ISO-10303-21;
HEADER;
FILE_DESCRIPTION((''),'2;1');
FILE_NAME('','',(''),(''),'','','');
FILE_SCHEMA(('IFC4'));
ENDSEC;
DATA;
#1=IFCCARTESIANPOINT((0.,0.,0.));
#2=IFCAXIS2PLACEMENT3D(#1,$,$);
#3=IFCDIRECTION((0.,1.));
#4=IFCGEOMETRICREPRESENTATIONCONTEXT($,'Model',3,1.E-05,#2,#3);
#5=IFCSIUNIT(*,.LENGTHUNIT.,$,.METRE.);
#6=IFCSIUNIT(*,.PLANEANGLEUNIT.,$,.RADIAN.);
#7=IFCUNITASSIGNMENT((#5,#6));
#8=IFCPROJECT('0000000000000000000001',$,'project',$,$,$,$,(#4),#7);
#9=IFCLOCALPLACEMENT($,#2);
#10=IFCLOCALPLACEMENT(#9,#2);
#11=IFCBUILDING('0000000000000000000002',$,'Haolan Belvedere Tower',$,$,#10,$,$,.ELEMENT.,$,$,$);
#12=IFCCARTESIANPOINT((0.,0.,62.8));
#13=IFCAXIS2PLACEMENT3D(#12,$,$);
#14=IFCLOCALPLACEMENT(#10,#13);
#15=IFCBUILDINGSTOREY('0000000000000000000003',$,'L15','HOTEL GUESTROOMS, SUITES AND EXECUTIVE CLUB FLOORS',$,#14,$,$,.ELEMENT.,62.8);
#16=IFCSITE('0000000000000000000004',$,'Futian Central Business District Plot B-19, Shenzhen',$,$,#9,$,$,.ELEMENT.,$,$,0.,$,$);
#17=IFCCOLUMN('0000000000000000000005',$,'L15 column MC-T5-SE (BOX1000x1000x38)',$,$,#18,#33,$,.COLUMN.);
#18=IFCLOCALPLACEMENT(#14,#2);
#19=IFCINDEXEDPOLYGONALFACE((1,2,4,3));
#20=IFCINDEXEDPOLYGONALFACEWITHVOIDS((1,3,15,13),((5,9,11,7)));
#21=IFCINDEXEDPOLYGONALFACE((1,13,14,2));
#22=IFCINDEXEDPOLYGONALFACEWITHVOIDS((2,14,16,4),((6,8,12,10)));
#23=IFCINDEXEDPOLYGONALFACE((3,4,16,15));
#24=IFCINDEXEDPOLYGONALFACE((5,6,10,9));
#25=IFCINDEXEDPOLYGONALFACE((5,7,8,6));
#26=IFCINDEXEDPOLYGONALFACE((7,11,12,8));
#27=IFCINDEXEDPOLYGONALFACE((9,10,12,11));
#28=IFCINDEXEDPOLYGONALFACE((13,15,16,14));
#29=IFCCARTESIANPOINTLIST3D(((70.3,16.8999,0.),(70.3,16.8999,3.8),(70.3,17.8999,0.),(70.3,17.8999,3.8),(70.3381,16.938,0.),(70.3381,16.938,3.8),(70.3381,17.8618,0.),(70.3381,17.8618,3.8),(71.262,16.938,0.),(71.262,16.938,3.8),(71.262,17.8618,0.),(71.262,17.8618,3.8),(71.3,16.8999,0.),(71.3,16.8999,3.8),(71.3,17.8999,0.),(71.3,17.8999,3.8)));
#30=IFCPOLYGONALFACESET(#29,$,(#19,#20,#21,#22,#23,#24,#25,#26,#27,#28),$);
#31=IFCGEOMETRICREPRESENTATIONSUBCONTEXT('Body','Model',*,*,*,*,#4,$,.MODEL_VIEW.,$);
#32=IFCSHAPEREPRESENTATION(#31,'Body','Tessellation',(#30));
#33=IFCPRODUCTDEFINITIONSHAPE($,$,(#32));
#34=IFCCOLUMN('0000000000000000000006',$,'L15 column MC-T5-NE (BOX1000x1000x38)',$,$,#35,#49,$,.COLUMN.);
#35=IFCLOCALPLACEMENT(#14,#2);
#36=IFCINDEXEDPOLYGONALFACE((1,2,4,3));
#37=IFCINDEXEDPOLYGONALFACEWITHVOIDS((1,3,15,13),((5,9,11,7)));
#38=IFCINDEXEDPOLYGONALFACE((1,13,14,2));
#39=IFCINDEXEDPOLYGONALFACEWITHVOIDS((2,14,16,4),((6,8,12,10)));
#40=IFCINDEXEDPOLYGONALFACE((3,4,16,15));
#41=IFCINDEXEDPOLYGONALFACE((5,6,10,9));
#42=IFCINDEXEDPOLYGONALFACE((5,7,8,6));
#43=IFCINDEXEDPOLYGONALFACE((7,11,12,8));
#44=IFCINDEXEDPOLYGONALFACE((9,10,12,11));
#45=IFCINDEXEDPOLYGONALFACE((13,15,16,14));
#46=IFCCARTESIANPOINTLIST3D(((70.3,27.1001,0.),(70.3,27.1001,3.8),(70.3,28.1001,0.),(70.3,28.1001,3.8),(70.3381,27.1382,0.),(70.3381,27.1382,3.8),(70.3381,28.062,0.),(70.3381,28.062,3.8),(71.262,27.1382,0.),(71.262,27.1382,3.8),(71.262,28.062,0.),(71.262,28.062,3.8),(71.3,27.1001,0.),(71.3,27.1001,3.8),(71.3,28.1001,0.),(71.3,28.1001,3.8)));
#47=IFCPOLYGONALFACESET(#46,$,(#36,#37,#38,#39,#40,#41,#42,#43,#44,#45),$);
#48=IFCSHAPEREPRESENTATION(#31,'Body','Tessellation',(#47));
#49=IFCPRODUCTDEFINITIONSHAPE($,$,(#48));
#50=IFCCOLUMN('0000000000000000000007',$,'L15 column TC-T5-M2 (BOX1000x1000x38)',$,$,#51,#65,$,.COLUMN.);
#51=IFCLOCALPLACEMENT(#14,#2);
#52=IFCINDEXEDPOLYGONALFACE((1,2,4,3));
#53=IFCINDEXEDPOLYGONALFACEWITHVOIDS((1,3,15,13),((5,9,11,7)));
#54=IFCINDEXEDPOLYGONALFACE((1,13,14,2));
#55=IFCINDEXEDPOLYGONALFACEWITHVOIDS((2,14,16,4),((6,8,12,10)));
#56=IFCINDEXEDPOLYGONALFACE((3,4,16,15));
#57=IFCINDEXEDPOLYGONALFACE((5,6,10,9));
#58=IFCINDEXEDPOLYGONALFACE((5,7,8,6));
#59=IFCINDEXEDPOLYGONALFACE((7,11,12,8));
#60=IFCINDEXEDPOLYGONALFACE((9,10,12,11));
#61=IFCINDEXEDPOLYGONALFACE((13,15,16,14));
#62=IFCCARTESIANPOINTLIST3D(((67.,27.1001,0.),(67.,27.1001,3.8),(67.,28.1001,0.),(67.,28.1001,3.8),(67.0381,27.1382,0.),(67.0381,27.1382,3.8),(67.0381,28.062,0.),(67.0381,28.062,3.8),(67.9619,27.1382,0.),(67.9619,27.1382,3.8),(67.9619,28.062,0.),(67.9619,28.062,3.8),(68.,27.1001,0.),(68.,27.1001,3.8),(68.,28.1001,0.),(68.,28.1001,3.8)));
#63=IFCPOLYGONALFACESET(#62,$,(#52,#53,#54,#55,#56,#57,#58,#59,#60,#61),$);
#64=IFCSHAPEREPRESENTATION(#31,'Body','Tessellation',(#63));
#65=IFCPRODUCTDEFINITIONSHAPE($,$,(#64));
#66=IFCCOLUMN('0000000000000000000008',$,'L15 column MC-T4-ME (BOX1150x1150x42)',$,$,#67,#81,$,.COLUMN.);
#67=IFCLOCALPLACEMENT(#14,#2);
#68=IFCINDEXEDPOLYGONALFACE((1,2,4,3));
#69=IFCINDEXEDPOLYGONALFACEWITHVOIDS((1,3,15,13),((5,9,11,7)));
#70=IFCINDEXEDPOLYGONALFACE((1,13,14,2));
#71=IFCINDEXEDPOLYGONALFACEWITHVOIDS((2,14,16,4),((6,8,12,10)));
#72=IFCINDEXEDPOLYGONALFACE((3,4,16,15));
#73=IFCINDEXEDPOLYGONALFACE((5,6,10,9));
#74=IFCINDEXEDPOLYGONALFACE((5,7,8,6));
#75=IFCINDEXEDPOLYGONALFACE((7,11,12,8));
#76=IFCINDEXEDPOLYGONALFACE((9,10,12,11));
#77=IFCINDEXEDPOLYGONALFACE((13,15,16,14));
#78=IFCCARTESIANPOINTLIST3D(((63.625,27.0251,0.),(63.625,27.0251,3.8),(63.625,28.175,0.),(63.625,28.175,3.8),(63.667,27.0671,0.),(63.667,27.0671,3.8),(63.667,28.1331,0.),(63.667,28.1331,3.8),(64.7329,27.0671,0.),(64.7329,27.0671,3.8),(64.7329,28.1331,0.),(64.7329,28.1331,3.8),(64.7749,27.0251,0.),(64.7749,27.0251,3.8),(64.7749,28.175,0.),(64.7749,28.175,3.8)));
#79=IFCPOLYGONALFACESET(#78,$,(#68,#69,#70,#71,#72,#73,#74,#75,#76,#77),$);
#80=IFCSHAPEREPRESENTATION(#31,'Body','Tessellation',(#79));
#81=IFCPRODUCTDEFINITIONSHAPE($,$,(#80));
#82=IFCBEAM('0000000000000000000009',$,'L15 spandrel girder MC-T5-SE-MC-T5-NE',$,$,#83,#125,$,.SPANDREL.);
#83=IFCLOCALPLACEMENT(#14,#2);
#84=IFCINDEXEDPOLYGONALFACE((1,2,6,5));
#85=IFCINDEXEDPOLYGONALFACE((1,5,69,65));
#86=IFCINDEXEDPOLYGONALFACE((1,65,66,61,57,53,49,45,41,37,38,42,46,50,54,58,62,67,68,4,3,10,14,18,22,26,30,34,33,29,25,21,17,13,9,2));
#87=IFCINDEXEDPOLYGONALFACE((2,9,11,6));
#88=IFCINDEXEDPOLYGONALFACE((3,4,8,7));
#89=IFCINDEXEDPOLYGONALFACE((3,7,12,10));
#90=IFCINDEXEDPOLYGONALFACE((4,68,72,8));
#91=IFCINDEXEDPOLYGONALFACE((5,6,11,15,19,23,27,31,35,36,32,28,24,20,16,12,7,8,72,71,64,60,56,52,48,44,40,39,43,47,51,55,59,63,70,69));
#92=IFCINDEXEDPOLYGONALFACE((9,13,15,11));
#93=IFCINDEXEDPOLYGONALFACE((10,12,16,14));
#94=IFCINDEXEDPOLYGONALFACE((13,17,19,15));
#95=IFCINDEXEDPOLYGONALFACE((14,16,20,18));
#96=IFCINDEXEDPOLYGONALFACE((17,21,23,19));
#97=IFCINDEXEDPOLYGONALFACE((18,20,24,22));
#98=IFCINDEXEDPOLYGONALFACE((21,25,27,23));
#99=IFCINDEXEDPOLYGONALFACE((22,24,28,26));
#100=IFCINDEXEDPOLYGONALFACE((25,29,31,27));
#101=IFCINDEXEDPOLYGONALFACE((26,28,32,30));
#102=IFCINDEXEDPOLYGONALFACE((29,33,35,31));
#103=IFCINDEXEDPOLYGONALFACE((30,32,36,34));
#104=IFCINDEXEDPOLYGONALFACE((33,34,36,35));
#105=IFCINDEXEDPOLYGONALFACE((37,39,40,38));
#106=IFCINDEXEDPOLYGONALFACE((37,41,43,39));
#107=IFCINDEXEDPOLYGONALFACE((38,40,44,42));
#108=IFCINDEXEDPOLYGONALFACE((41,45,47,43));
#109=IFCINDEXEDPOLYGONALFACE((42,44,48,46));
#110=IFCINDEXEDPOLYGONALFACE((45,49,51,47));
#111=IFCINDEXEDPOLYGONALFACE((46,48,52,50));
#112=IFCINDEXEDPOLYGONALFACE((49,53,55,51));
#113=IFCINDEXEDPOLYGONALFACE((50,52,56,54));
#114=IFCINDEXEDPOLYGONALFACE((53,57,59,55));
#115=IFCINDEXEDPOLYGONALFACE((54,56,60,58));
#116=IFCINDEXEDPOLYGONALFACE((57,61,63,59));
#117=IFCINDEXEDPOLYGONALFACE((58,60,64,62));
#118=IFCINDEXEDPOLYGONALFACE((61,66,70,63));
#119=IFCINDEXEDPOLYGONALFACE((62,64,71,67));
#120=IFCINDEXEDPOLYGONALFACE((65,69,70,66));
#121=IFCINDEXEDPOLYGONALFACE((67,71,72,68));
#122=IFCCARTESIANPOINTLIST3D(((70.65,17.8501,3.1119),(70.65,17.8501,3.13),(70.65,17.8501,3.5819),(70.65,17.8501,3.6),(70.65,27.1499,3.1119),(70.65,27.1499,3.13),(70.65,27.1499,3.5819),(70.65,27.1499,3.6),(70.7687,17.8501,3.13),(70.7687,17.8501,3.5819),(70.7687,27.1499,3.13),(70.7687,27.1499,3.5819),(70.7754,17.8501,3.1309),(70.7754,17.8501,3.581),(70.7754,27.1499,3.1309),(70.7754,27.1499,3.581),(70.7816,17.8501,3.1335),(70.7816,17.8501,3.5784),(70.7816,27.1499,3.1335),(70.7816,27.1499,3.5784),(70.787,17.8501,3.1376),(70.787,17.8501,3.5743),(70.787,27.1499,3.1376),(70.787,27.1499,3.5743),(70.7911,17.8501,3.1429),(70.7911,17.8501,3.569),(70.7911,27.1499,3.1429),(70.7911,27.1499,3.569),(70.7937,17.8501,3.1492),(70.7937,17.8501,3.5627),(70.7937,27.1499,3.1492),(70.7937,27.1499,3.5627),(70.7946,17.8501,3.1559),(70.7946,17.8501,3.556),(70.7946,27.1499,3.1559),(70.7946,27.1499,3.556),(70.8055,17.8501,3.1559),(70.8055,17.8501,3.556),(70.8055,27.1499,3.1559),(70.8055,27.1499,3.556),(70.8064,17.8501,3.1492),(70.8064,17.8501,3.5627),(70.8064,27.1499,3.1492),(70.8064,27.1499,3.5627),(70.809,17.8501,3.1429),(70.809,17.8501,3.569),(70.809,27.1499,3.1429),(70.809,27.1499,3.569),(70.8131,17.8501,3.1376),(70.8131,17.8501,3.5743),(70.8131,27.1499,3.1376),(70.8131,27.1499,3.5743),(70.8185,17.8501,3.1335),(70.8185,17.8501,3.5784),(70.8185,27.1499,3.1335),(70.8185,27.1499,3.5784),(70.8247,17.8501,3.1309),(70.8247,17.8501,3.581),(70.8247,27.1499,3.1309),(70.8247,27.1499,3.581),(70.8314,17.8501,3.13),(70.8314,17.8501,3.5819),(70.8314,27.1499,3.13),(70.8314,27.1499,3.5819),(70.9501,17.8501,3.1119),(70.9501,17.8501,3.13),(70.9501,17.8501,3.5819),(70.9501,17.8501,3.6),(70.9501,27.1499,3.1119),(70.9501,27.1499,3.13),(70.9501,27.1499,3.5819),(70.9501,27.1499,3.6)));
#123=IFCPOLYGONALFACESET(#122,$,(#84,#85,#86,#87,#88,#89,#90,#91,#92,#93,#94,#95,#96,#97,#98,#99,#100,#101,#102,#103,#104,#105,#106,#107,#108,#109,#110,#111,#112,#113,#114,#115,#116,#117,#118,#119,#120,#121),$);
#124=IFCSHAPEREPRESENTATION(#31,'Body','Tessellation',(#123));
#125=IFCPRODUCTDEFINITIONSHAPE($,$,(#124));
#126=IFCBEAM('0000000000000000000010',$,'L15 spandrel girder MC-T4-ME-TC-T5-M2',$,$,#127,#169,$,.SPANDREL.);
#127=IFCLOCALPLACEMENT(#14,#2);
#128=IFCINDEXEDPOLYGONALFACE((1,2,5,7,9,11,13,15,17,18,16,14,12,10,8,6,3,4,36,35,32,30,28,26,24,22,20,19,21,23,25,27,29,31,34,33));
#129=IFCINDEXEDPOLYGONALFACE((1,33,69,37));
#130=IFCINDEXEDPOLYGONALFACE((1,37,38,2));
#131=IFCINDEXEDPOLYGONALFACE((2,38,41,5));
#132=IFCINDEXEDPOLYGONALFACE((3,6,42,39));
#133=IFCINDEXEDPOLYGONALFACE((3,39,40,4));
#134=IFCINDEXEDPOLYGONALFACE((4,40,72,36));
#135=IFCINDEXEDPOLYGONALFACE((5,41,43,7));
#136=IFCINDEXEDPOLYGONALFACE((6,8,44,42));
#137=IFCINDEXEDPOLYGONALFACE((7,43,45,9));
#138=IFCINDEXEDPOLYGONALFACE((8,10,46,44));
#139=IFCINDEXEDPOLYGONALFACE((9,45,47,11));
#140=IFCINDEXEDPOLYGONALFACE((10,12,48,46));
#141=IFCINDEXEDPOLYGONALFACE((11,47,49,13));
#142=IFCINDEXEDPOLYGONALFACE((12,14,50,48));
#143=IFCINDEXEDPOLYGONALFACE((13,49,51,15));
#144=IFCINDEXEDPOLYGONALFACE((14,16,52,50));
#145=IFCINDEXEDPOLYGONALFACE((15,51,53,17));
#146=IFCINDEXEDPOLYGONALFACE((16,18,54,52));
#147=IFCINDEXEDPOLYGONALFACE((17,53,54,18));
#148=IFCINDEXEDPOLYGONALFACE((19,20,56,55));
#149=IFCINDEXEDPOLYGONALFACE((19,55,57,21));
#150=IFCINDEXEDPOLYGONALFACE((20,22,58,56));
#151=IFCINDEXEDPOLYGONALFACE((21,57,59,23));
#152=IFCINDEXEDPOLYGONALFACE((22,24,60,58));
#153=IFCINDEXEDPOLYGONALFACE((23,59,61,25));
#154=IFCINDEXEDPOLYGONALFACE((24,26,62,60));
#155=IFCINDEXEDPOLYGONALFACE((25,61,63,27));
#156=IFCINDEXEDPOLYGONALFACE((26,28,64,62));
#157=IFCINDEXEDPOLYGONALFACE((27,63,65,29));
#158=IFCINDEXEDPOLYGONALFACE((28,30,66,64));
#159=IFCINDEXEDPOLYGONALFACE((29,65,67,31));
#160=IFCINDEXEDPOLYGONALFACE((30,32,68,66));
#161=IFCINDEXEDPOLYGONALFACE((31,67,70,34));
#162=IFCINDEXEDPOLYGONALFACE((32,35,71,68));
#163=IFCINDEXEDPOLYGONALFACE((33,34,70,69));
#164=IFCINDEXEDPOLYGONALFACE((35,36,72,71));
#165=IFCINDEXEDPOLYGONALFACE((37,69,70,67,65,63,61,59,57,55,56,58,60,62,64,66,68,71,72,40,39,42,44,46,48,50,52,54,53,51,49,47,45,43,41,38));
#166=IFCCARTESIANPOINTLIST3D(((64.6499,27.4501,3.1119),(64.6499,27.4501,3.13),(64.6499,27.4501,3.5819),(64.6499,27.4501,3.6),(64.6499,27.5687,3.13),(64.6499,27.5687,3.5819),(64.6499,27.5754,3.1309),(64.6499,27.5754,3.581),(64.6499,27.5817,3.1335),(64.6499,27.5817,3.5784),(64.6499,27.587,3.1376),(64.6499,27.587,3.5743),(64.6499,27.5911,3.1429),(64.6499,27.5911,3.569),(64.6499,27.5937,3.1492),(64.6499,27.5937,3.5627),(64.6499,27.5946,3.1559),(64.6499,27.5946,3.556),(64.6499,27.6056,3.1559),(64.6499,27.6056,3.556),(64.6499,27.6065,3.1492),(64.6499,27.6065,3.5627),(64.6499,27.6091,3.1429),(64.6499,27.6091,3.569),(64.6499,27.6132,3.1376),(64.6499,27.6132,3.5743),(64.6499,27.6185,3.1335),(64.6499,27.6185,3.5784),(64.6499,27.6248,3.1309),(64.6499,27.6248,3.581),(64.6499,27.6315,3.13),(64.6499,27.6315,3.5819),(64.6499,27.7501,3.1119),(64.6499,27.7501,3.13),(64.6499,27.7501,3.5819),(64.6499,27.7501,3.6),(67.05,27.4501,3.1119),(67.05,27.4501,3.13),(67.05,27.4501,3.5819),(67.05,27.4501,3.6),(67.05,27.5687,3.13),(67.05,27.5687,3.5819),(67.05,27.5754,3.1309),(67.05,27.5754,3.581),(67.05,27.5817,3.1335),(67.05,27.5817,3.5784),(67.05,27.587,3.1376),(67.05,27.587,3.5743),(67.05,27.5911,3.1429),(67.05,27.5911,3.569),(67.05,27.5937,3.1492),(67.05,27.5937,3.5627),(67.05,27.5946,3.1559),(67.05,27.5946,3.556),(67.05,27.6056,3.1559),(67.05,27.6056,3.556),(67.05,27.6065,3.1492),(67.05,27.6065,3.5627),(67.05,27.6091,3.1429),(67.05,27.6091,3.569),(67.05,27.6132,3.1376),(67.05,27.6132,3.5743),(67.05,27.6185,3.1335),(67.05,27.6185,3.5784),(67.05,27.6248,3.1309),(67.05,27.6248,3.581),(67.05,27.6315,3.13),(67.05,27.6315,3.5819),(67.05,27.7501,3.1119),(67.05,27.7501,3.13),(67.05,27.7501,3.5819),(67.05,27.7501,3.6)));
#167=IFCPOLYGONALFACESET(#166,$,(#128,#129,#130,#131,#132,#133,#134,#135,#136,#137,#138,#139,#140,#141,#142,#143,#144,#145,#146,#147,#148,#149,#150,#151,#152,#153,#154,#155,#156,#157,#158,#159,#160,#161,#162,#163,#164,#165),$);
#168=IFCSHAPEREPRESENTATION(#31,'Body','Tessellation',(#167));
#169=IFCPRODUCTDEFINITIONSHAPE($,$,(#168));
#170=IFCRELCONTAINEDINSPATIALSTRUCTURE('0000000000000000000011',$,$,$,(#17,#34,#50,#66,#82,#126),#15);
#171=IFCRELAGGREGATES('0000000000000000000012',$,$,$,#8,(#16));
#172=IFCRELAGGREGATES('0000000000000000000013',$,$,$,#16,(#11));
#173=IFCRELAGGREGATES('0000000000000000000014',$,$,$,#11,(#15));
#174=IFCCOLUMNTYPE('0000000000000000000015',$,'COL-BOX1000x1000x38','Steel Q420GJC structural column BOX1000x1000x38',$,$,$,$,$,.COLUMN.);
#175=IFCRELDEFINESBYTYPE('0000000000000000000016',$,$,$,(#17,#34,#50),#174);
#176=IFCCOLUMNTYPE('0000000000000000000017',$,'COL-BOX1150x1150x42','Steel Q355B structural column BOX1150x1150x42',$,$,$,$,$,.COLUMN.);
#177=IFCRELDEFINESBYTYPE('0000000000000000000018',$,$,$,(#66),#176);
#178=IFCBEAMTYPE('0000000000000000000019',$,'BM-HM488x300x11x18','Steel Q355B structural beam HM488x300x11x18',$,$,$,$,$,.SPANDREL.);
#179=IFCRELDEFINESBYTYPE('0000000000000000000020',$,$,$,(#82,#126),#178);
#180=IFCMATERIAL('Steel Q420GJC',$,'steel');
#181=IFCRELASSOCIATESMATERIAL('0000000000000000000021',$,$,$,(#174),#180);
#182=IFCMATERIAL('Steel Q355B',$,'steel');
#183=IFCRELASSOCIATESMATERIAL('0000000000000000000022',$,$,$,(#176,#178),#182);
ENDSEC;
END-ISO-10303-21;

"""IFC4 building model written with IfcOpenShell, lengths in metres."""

from ifc_helpers import new_model, si_unit, direction, frame, origin, origin_2d, place, context, subcontext, project, spatial, hollow_rectangle, i_section, extrude, material, material_profile, profile_set, type_object, element, save


model = new_model("IFC4")

# Units and contexts
model_context = context("Model", 3, precision=1e-05, world=origin(), true_north=direction((0.0, 1.0)))
body_context = subcontext(model_context, "Body", "Model", "MODEL_VIEW")
ifc_project = project(units=[si_unit("LENGTHUNIT", "METRE"), si_unit("PLANEANGLEUNIT", "RADIAN")], contexts=[model_context])

# Site, building, storey
site_placement = place(None, origin())
site = spatial("IfcSite", under=ifc_project, at=site_placement, Name="Futian Central Business District Plot B-19, Shenzhen", CompositionType="ELEMENT", RefElevation=0.0)
building_placement = place(site_placement, origin())
building = spatial("IfcBuilding", under=site, at=building_placement, Name="Haolan Belvedere Tower", CompositionType="ELEMENT")
storey_placement = place(building_placement, frame((0.0, 0.0, 62.8)))
storey = spatial("IfcBuildingStorey", under=building, at=storey_placement, Name="L15", Description="HOTEL GUESTROOMS, SUITES AND EXECUTIVE CLUB FLOORS", CompositionType="ELEMENT", Elevation=62.8)

# Columns
ifc_material_1 = material(Name="Steel Q420GJC", Category="steel")
ifc_material_profile_1 = material_profile(ifc_material_1, hollow_rectangle(XDim=1.0, YDim=1.0, WallThickness=0.0381, at=origin_2d()), Name="Steel Q420GJC")
ifc_profile_set_1 = profile_set([ifc_material_profile_1], Name="Steel Q420GJC")
column_type_1 = type_object("IfcColumnType", Name="COL-BOX1000x1000x38", Description="Steel Q420GJC structural column BOX1000x1000x38", PredefinedType="COLUMN", material=ifc_profile_set_1)
for number, where, z_axis, x_axis, name in (
    (1, (70.8, 17.3999, 0.0), (0.0, 0.0, 1.0), (1.0, 0.0, 0.0), "L15 column MC-T5-SE (BOX1000x1000x38)"),
    (2, (70.8, 27.6001, 0.0), (0.0, 0.0, 1.0), (1.0, 0.0, 0.0), "L15 column MC-T5-NE (BOX1000x1000x38)"),
    (3, (67.5, 27.6001, 0.0), (0.0, 0.0, 1.0), (1.0, 0.0, 0.0), "L15 column TC-T5-M2 (BOX1000x1000x38)"),
):
    element("IfcColumn", number, at=place(storey_placement, frame(where, z_axis=z_axis, x_axis=x_axis)), inside=storey, type_object=column_type_1, Name=name, PredefinedType="COLUMN", context=body_context, shape_type="SweptSolid", body=[
        extrude(hollow_rectangle(XDim=1.0, YDim=1.0, WallThickness=0.0381, at=origin_2d()), origin(), (0.0, 0.0, 1.0), 3.8),
    ])
ifc_material_2 = material(Name="Steel Q355B", Category="steel")
ifc_material_profile_2 = material_profile(ifc_material_2, hollow_rectangle(XDim=1.1499, YDim=1.1499, WallThickness=0.042, at=origin_2d()), Name="Steel Q355B")
ifc_profile_set_2 = profile_set([ifc_material_profile_2], Name="Steel Q355B")
column_type_2 = type_object("IfcColumnType", Name="COL-BOX1150x1150x42", Description="Steel Q355B structural column BOX1150x1150x42", PredefinedType="COLUMN", material=ifc_profile_set_2)
column_placement = place(storey_placement, frame((64.2, 27.6001, 0.0), z_axis=(0.0, 0.0, 1.0), x_axis=(1.0, 0.0, 0.0)))
element("IfcColumn", 4, at=column_placement, inside=storey, type_object=column_type_2, Name="L15 column MC-T4-ME (BOX1150x1150x42)", PredefinedType="COLUMN", context=body_context, shape_type="SweptSolid", body=[
    extrude(hollow_rectangle(XDim=1.1499, YDim=1.1499, WallThickness=0.042, at=origin_2d()), origin(), (0.0, 0.0, 1.0), 3.8),
])

# Beams
ifc_material_profile_3 = material_profile(ifc_material_2, i_section(OverallWidth=0.3, OverallDepth=0.488, WebThickness=0.011, FlangeThickness=0.0181, FilletRadius=0.0259, at=origin_2d()), Name="Steel Q355B")
ifc_profile_set_3 = profile_set([ifc_material_profile_3], Name="Steel Q355B")
beam_type = type_object("IfcBeamType", Name="BM-HM488x300x11x18", Description="Steel Q355B structural beam HM488x300x11x18", PredefinedType="SPANDREL", material=ifc_profile_set_3)
beam_placement = place(storey_placement, frame((70.8, 17.8501, 3.356), z_axis=(0.0, 1.0, 0.0), x_axis=(-1.0, 0.0, 0.0)))
element("IfcBeam", 5, at=beam_placement, inside=storey, type_object=beam_type, Name="L15 spandrel girder MC-T5-SE-MC-T5-NE", PredefinedType="SPANDREL", context=body_context, shape_type="SweptSolid", body=[
    extrude(i_section(OverallWidth=0.3, OverallDepth=0.488, WebThickness=0.011, FlangeThickness=0.0181, FilletRadius=0.0259, at=origin_2d()), origin(), (0.0, 0.0, 1.0), 9.2998),
])
for number, where, z_axis, x_axis, name in (
    (6, (64.6499, 27.6001, 3.356), (1.0, 0.0, 0.0), (0.0, 1.0, 0.0), "L15 spandrel girder MC-T4-ME-TC-T5-M2"),
):
    element("IfcBeam", number, at=place(storey_placement, frame(where, z_axis=z_axis, x_axis=x_axis)), inside=storey, type_object=beam_type, Name=name, PredefinedType="SPANDREL", context=body_context, shape_type="SweptSolid", body=[
        extrude(i_section(OverallWidth=0.3, OverallDepth=0.488, WebThickness=0.011, FlangeThickness=0.0181, FilletRadius=0.0259, at=origin_2d()), origin(), (0.0, 0.0, 1.0), 2.4001),
    ])

save(model, "model.ifc")
